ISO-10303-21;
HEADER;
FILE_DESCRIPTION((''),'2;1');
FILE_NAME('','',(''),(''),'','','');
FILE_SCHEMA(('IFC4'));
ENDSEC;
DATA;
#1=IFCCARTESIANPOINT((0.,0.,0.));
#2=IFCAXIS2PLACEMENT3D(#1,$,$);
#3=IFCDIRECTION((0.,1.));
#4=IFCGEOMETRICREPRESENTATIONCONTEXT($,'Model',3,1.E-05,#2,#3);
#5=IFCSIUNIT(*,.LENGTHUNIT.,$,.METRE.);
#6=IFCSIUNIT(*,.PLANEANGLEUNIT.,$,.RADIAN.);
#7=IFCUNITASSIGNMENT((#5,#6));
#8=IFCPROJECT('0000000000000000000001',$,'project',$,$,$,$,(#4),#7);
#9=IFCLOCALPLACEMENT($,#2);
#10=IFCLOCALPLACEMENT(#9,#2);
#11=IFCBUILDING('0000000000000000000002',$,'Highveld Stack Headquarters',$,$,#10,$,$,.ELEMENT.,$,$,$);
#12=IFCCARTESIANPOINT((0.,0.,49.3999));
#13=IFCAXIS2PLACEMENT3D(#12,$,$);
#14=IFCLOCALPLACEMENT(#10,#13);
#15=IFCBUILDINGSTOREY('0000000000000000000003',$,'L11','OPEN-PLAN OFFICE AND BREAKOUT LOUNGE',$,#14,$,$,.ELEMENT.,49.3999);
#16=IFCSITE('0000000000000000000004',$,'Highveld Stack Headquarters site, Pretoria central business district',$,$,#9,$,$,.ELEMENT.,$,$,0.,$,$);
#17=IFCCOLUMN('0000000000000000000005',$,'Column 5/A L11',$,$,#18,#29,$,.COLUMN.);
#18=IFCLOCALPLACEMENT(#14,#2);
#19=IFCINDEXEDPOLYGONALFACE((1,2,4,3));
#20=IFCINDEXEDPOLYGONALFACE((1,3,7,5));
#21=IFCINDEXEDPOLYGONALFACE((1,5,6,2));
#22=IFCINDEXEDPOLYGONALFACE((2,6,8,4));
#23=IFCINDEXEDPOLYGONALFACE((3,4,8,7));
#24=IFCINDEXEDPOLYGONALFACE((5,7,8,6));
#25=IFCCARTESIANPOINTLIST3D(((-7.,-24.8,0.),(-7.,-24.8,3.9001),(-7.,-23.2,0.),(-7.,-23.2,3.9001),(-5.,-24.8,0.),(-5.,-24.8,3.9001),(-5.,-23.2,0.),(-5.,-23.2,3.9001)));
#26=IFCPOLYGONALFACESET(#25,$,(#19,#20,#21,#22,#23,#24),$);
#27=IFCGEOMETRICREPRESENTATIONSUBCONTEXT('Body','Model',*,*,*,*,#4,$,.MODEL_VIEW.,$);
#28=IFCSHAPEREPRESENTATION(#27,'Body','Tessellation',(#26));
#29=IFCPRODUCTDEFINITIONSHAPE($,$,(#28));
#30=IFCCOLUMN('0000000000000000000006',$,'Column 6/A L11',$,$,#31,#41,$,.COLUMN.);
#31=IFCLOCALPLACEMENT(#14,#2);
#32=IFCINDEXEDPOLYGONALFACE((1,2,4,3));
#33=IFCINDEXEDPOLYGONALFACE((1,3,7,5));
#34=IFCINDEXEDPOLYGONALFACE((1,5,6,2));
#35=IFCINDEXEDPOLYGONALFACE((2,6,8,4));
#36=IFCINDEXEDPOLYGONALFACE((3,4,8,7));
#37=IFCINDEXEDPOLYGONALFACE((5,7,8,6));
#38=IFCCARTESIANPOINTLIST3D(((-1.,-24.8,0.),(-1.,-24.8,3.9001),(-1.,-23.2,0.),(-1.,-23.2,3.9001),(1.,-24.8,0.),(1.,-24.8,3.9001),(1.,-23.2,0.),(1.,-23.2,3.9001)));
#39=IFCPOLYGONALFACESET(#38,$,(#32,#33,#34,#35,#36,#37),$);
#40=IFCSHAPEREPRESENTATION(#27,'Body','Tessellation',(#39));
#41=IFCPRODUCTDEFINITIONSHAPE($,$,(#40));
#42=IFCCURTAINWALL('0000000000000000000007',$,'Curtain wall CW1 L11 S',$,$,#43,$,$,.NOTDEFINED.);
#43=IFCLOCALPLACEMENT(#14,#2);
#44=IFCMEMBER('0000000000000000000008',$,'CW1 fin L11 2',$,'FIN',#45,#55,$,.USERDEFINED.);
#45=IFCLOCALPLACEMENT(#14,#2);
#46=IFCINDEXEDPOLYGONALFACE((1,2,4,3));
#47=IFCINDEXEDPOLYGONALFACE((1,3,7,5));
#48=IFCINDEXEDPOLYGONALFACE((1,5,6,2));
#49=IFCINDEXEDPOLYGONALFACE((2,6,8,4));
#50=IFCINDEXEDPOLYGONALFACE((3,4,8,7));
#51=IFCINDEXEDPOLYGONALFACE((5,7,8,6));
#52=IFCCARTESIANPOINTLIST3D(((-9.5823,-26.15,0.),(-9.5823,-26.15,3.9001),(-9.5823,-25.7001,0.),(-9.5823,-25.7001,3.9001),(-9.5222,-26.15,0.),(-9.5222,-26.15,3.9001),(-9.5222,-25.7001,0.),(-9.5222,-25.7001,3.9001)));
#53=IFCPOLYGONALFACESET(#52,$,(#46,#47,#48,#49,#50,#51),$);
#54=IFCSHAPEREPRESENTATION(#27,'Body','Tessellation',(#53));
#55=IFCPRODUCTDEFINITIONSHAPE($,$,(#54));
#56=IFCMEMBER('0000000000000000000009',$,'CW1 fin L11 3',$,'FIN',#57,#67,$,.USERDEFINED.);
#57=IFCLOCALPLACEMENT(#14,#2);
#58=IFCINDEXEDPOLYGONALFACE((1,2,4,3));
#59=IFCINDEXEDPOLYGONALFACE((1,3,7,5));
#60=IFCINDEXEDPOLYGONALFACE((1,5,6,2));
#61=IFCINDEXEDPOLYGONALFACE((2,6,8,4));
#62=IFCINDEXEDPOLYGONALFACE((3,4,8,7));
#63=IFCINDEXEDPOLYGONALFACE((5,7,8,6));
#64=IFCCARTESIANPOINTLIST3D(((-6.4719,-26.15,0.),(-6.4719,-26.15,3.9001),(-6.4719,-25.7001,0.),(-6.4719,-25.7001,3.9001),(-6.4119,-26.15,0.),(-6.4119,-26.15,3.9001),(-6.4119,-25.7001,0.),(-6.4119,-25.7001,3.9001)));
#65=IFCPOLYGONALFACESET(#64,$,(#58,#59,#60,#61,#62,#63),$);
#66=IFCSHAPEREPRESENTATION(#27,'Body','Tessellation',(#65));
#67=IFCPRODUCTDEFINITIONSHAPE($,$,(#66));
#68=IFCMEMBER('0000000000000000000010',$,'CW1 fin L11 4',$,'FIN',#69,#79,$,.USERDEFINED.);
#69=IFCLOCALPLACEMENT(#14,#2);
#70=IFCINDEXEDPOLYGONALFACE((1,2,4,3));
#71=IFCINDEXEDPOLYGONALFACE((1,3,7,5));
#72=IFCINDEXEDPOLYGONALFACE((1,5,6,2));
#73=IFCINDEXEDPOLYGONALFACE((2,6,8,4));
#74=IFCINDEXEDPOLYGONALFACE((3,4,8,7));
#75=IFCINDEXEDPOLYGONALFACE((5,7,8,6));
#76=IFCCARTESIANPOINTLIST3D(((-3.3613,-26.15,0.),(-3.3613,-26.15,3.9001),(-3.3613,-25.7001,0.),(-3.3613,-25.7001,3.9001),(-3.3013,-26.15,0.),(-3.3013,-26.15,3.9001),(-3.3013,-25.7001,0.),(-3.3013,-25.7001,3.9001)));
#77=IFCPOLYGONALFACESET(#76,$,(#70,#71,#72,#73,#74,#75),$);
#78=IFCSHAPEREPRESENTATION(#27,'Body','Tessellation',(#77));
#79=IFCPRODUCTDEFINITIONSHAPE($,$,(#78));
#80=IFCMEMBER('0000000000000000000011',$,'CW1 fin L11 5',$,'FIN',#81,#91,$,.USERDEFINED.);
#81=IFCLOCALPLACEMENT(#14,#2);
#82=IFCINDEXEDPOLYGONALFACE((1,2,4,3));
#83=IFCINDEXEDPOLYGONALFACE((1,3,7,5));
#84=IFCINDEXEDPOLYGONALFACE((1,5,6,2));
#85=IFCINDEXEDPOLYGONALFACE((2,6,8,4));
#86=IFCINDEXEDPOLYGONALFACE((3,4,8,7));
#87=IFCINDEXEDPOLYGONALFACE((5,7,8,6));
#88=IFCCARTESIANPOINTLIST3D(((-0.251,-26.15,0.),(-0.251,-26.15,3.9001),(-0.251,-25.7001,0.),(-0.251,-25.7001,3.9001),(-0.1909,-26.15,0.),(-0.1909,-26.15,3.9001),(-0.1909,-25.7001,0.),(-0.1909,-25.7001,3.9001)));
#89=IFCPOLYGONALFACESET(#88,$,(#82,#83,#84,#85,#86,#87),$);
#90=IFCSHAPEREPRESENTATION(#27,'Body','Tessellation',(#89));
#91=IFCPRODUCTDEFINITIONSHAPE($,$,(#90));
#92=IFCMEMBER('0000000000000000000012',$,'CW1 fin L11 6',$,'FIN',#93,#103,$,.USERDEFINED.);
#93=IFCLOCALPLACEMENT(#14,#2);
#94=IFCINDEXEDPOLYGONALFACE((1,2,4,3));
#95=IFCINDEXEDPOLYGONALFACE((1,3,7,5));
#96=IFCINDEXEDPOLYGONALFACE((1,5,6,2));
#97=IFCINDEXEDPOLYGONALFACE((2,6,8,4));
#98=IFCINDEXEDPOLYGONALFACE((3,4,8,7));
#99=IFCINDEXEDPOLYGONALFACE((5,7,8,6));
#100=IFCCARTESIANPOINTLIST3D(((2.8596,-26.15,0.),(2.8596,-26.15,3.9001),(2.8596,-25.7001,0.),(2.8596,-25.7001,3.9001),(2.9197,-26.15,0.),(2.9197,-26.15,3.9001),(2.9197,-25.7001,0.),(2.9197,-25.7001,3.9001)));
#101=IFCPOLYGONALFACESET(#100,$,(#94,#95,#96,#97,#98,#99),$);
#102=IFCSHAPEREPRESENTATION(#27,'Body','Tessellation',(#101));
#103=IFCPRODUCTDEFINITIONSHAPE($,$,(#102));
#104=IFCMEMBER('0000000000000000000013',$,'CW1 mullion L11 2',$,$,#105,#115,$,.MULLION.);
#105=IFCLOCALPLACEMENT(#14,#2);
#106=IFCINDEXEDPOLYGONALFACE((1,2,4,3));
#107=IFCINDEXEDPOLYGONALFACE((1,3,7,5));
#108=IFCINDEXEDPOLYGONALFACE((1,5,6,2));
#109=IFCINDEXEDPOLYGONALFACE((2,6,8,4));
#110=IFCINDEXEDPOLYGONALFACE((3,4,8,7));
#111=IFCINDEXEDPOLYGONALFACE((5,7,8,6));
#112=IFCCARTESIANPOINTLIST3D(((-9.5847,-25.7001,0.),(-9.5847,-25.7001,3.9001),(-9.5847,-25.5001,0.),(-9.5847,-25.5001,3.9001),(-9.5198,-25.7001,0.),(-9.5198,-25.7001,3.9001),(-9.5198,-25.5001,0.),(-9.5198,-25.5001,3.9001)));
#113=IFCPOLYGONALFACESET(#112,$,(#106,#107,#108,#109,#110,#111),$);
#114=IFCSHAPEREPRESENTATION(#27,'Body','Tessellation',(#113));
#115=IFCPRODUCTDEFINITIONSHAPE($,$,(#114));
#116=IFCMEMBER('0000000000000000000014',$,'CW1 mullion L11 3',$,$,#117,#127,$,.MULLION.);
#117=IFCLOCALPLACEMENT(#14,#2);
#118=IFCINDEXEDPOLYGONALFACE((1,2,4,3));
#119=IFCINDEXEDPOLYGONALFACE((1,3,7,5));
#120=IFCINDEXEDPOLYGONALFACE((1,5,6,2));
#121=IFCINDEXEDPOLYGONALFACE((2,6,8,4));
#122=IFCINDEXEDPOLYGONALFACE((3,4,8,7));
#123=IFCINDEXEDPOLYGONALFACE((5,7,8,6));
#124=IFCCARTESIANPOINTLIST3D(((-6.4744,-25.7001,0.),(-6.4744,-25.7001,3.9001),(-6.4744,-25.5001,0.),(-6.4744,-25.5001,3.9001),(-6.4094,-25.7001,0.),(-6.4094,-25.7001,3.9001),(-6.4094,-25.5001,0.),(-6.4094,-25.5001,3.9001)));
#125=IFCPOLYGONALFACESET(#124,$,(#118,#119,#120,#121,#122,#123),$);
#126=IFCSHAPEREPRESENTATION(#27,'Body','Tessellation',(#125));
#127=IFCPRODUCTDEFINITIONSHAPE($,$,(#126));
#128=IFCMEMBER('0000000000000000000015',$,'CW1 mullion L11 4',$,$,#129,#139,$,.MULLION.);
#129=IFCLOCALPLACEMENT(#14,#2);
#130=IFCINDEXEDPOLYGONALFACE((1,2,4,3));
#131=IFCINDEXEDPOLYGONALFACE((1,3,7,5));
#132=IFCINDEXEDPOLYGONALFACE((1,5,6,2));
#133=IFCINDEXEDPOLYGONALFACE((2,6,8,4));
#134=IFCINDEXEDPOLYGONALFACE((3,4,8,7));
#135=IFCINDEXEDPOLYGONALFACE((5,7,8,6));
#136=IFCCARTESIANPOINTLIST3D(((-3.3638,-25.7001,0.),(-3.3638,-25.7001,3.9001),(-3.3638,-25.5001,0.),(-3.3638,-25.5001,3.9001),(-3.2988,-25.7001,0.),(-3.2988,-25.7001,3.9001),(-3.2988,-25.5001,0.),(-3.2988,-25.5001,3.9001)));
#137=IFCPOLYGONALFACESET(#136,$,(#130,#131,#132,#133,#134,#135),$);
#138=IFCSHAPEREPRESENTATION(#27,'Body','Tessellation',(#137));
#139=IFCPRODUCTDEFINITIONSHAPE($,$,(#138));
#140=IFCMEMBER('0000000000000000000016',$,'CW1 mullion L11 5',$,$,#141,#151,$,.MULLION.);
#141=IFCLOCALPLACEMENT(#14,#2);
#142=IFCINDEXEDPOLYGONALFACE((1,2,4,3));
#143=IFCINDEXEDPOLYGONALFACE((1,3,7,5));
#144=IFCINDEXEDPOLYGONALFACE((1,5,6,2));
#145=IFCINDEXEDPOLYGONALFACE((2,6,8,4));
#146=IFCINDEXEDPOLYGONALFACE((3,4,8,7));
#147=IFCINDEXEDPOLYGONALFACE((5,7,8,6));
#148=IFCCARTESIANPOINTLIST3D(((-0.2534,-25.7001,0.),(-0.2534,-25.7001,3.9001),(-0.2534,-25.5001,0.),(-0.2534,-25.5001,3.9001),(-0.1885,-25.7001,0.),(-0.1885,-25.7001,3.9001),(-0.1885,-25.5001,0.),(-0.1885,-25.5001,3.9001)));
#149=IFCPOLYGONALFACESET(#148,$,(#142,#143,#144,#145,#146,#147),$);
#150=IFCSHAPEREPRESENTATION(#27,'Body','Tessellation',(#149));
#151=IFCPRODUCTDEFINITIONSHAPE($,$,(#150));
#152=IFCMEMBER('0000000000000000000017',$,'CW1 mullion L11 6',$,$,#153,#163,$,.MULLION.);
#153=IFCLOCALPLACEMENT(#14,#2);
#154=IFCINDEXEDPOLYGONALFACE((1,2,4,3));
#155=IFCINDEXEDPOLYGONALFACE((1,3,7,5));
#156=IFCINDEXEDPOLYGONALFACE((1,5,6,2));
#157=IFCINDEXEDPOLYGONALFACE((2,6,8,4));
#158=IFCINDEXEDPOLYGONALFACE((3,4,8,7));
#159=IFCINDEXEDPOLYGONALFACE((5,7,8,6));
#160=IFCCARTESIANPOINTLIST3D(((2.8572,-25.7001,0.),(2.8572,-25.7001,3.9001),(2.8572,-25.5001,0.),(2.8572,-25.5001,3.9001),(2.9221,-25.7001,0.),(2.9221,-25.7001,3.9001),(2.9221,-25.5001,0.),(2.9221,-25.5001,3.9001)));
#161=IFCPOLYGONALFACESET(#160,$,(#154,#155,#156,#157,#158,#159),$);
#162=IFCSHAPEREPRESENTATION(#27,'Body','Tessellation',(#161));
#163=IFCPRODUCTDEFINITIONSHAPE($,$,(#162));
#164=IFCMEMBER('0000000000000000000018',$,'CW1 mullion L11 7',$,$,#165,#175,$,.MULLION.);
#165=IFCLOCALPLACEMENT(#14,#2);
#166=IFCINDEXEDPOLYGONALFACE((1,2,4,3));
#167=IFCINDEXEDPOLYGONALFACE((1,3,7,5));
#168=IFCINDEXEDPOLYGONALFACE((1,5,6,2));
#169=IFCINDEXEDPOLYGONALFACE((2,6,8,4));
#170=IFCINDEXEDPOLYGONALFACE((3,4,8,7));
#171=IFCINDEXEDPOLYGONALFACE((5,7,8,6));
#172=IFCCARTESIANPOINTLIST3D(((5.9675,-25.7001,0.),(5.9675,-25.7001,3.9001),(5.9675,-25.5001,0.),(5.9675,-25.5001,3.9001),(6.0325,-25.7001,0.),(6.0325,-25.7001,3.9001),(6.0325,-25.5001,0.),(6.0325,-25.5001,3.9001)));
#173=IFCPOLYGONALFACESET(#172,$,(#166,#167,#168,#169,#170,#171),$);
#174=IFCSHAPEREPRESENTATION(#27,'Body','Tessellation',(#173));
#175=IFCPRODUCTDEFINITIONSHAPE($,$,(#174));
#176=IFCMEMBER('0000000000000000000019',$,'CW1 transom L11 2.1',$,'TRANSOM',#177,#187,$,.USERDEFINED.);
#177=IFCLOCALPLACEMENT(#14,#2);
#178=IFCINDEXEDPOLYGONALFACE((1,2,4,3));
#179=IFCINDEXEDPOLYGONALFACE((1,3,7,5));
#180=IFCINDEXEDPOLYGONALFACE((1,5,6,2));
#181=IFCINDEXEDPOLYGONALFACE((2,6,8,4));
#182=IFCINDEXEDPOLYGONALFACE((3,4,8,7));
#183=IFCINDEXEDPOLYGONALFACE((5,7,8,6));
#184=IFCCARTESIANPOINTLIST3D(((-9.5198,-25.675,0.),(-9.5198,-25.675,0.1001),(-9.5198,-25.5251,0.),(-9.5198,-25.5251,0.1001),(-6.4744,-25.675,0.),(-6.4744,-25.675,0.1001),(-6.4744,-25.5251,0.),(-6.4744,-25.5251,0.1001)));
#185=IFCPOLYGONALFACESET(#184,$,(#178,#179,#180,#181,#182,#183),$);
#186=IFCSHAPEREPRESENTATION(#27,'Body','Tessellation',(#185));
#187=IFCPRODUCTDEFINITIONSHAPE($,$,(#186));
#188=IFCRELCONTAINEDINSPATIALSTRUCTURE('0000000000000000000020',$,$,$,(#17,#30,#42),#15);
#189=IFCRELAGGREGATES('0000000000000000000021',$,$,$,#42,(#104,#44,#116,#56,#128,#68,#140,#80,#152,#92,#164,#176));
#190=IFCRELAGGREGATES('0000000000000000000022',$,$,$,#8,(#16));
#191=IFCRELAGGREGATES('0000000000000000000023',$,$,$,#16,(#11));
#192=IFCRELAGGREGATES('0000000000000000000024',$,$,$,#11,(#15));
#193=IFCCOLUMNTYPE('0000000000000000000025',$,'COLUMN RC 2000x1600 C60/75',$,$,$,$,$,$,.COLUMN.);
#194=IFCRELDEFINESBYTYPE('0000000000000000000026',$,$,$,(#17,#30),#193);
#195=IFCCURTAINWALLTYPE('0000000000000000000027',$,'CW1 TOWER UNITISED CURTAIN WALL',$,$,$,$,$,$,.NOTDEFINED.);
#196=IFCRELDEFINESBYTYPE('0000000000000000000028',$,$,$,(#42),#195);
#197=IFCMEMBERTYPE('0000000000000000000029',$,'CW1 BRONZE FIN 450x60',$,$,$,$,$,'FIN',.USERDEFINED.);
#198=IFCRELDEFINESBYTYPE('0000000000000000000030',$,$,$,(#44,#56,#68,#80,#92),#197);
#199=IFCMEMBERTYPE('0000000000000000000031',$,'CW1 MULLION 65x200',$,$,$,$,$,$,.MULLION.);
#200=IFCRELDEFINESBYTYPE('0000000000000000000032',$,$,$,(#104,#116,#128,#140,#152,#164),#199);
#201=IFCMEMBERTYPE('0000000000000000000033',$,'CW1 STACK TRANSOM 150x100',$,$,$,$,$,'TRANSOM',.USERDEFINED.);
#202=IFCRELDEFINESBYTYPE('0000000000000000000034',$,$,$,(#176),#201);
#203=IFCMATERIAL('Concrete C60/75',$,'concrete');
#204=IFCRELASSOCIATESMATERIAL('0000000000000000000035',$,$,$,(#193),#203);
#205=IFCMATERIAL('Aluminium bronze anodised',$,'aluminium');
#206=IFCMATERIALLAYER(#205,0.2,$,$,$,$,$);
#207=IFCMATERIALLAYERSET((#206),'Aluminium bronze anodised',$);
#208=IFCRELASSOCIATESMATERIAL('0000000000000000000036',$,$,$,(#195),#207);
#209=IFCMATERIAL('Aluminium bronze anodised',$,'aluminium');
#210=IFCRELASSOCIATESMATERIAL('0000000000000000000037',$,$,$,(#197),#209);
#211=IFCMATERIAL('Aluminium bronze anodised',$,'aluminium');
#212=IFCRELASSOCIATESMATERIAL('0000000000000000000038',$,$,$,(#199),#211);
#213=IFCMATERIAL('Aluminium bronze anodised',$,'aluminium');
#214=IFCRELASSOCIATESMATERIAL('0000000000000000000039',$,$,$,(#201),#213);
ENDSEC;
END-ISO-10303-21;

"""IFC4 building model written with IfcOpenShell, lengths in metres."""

from ifc_helpers import new_model, si_unit, direction, frame, origin, origin_2d, place, context, subcontext, project, spatial, rectangle, extrude, material, layer, layer_set, material_profile, profile_set, type_object, element, aggregate, save


model = new_model("IFC4")

# Units and contexts
model_context = context("Model", 3, precision=1e-05, world=origin(), true_north=direction((0.0, 1.0)))
body_context = subcontext(model_context, "Body", "Model", "MODEL_VIEW")
ifc_project = project(units=[si_unit("LENGTHUNIT", "METRE"), si_unit("PLANEANGLEUNIT", "RADIAN")], contexts=[model_context])

# Site, building, storey
site_placement = place(None, origin())
site = spatial("IfcSite", under=ifc_project, at=site_placement, Name="Highveld Stack Headquarters site, Pretoria central business district", CompositionType="ELEMENT", RefElevation=0.0)
building_placement = place(site_placement, origin())
building = spatial("IfcBuilding", under=site, at=building_placement, Name="Highveld Stack Headquarters", CompositionType="ELEMENT")
storey_placement = place(building_placement, frame((0.0, 0.0, 49.3999)))
storey = spatial("IfcBuildingStorey", under=building, at=storey_placement, Name="L11", Description="OPEN-PLAN OFFICE AND BREAKOUT LOUNGE", CompositionType="ELEMENT", Elevation=49.3999)

# Columns
ifc_material_1 = material(Name="Concrete C60/75", Category="concrete")
ifc_material_profile_1 = material_profile(ifc_material_1, rectangle(XDim=2.0, YDim=1.6001, at=origin_2d()), Name="RC 2000x1600")
ifc_profile_set_1 = profile_set([ifc_material_profile_1], Name="Concrete C60/75")
column_type = type_object("IfcColumnType", Name="COLUMN RC 2000x1600 C60/75", PredefinedType="COLUMN", material=ifc_profile_set_1)
for number, where, z_axis, x_axis, name in (
    (1, (-6.0, -24.0, 0.0), (0.0, 0.0, 1.0), (1.0, 0.0, 0.0), "Column 5/A L11"),
    (2, (0.0, -24.0, 0.0), (0.0, 0.0, 1.0), (1.0, 0.0, 0.0), "Column 6/A L11"),
):
    element("IfcColumn", number, at=place(storey_placement, frame(where, z_axis=z_axis, x_axis=x_axis)), inside=storey, type_object=column_type, Name=name, PredefinedType="COLUMN", context=body_context, shape_type="SweptSolid", body=[
        extrude(rectangle(XDim=2.0, YDim=1.6001, at=origin_2d()), origin(), (0.0, 0.0, 1.0), 3.9001),
    ])

# Curtain wall, members
ifc_material_2 = material(Name="Aluminium bronze anodised", Category="aluminium")
ifc_layer_1 = layer(ifc_material_2, 0.2)
ifc_layer_set_1 = layer_set([ifc_layer_1], Name="Aluminium bronze anodised")
curtain_wall_type = type_object("IfcCurtainWallType", Name="CW1 TOWER UNITISED CURTAIN WALL", PredefinedType="NOTDEFINED", material=ifc_layer_set_1)
curtain_wall_placement = place(storey_placement, origin())
curtain_wall = element("IfcCurtainWall", 3, at=curtain_wall_placement, inside=storey, type_object=curtain_wall_type, Name="Curtain wall CW1 L11 S", PredefinedType="NOTDEFINED")
ifc_material_3 = material(Name="Aluminium bronze anodised", Category="aluminium")
ifc_material_profile_2 = material_profile(ifc_material_3, rectangle(XDim=0.45, YDim=0.0601, at=origin_2d()), Name="FIN 450x60")
ifc_profile_set_2 = profile_set([ifc_material_profile_2], Name="Aluminium bronze anodised")
member_type_1 = type_object("IfcMemberType", Name="CW1 BRONZE FIN 450x60", ElementType="FIN", PredefinedType="USERDEFINED", material=ifc_profile_set_2)
member_1_placement = place(storey_placement, frame((-9.5522, -25.925, 0.0), z_axis=(0.0, 0.0, 1.0), x_axis=(0.0, 1.0, 0.0)))
member_1 = element("IfcMember", 4, at=member_1_placement, type_object=member_type_1, Name="CW1 fin L11 2", ObjectType="FIN", PredefinedType="USERDEFINED", context=body_context, shape_type="SweptSolid", body=[
    extrude(rectangle(XDim=0.45, YDim=0.0601, at=origin_2d()), origin(), (0.0, 0.0, 1.0), 3.9001),
])
member_2_placement = place(storey_placement, frame((-6.4419, -25.925, 0.0), z_axis=(0.0, 0.0, 1.0), x_axis=(0.0, 1.0, 0.0)))
member_2 = element("IfcMember", 5, at=member_2_placement, type_object=member_type_1, Name="CW1 fin L11 3", ObjectType="FIN", PredefinedType="USERDEFINED", context=body_context, shape_type="SweptSolid", body=[
    extrude(rectangle(XDim=0.45, YDim=0.0601, at=origin_2d()), origin(), (0.0, 0.0, 1.0), 3.9001),
])
member_3_placement = place(storey_placement, frame((-3.3313, -25.925, 0.0), z_axis=(0.0, 0.0, 1.0), x_axis=(0.0, 1.0, 0.0)))
member_3 = element("IfcMember", 6, at=member_3_placement, type_object=member_type_1, Name="CW1 fin L11 4", ObjectType="FIN", PredefinedType="USERDEFINED", context=body_context, shape_type="SweptSolid", body=[
    extrude(rectangle(XDim=0.45, YDim=0.0601, at=origin_2d()), origin(), (0.0, 0.0, 1.0), 3.9001),
])
member_4_placement = place(storey_placement, frame((-0.2209, -25.925, 0.0), z_axis=(0.0, 0.0, 1.0), x_axis=(0.0, 1.0, 0.0)))
member_4 = element("IfcMember", 7, at=member_4_placement, type_object=member_type_1, Name="CW1 fin L11 5", ObjectType="FIN", PredefinedType="USERDEFINED", context=body_context, shape_type="SweptSolid", body=[
    extrude(rectangle(XDim=0.45, YDim=0.0601, at=origin_2d()), origin(), (0.0, 0.0, 1.0), 3.9001),
])
member_5_placement = place(storey_placement, frame((2.8896, -25.925, 0.0), z_axis=(0.0, 0.0, 1.0), x_axis=(0.0, 1.0, 0.0)))
member_5 = element("IfcMember", 8, at=member_5_placement, type_object=member_type_1, Name="CW1 fin L11 6", ObjectType="FIN", PredefinedType="USERDEFINED", context=body_context, shape_type="SweptSolid", body=[
    extrude(rectangle(XDim=0.45, YDim=0.0601, at=origin_2d()), origin(), (0.0, 0.0, 1.0), 3.9001),
])
ifc_material_4 = material(Name="Aluminium bronze anodised", Category="aluminium")
ifc_material_profile_3 = material_profile(ifc_material_4, rectangle(XDim=0.2, YDim=0.0649, at=origin_2d()), Name="CW1 MULLION 65x200")
ifc_profile_set_3 = profile_set([ifc_material_profile_3], Name="Aluminium bronze anodised")
member_type_2 = type_object("IfcMemberType", Name="CW1 MULLION 65x200", PredefinedType="MULLION", material=ifc_profile_set_3)
member_6_placement = place(storey_placement, frame((-9.5522, -25.6001, 0.0), z_axis=(0.0, 0.0, 1.0), x_axis=(0.0, 1.0, 0.0)))
member_6 = element("IfcMember", 9, at=member_6_placement, type_object=member_type_2, Name="CW1 mullion L11 2", PredefinedType="MULLION", context=body_context, shape_type="SweptSolid", body=[
    extrude(rectangle(XDim=0.2, YDim=0.0649, at=origin_2d()), origin(), (0.0, 0.0, 1.0), 3.9001),
])
member_7_placement = place(storey_placement, frame((-6.4419, -25.6001, 0.0), z_axis=(0.0, 0.0, 1.0), x_axis=(0.0, 1.0, 0.0)))
member_7 = element("IfcMember", 10, at=member_7_placement, type_object=member_type_2, Name="CW1 mullion L11 3", PredefinedType="MULLION", context=body_context, shape_type="SweptSolid", body=[
    extrude(rectangle(XDim=0.2, YDim=0.0649, at=origin_2d()), origin(), (0.0, 0.0, 1.0), 3.9001),
])
member_8_placement = place(storey_placement, frame((-3.3313, -25.6001, 0.0), z_axis=(0.0, 0.0, 1.0), x_axis=(0.0, 1.0, 0.0)))
member_8 = element("IfcMember", 11, at=member_8_placement, type_object=member_type_2, Name="CW1 mullion L11 4", PredefinedType="MULLION", context=body_context, shape_type="SweptSolid", body=[
    extrude(rectangle(XDim=0.2, YDim=0.0649, at=origin_2d()), origin(), (0.0, 0.0, 1.0), 3.9001),
])
member_9_placement = place(storey_placement, frame((-0.2209, -25.6001, 0.0), z_axis=(0.0, 0.0, 1.0), x_axis=(0.0, 1.0, 0.0)))
member_9 = element("IfcMember", 12, at=member_9_placement, type_object=member_type_2, Name="CW1 mullion L11 5", PredefinedType="MULLION", context=body_context, shape_type="SweptSolid", body=[
    extrude(rectangle(XDim=0.2, YDim=0.0649, at=origin_2d()), origin(), (0.0, 0.0, 1.0), 3.9001),
])
member_10_placement = place(storey_placement, frame((2.8896, -25.6001, 0.0), z_axis=(0.0, 0.0, 1.0), x_axis=(0.0, 1.0, 0.0)))
member_10 = element("IfcMember", 13, at=member_10_placement, type_object=member_type_2, Name="CW1 mullion L11 6", PredefinedType="MULLION", context=body_context, shape_type="SweptSolid", body=[
    extrude(rectangle(XDim=0.2, YDim=0.0649, at=origin_2d()), origin(), (0.0, 0.0, 1.0), 3.9001),
])
member_11_placement = place(storey_placement, frame((6.0, -25.6001, 0.0), z_axis=(0.0, 0.0, 1.0), x_axis=(0.0, 1.0, 0.0)))
member_11 = element("IfcMember", 14, at=member_11_placement, type_object=member_type_2, Name="CW1 mullion L11 7", PredefinedType="MULLION", context=body_context, shape_type="SweptSolid", body=[
    extrude(rectangle(XDim=0.2, YDim=0.0649, at=origin_2d()), origin(), (0.0, 0.0, 1.0), 3.9001),
])
ifc_material_5 = material(Name="Aluminium bronze anodised", Category="aluminium")
ifc_material_profile_4 = material_profile(ifc_material_5, rectangle(XDim=0.1499, YDim=0.1001, at=origin_2d()), Name="CW1 TRANSOM 150x100")
ifc_profile_set_4 = profile_set([ifc_material_profile_4], Name="Aluminium bronze anodised")
member_type_3 = type_object("IfcMemberType", Name="CW1 STACK TRANSOM 150x100", ElementType="TRANSOM", PredefinedType="USERDEFINED", material=ifc_profile_set_4)
member_12_placement = place(storey_placement, frame((-9.5198, -25.6001, 0.05), z_axis=(1.0, 0.0, 0.0), x_axis=(0.0, 1.0, 0.0)))
member_12 = element("IfcMember", 15, at=member_12_placement, type_object=member_type_3, Name="CW1 transom L11 2.1", ObjectType="TRANSOM", PredefinedType="USERDEFINED", context=body_context, shape_type="SweptSolid", body=[
    extrude(rectangle(XDim=0.1499, YDim=0.1001, at=origin_2d()), origin(), (0.0, 0.0, 1.0), 3.0454),
])
aggregate(curtain_wall, [member_6, member_1, member_7, member_2, member_8, member_3, member_9, member_4, member_10, member_5, member_11, member_12])

save(model, "model.ifc")
